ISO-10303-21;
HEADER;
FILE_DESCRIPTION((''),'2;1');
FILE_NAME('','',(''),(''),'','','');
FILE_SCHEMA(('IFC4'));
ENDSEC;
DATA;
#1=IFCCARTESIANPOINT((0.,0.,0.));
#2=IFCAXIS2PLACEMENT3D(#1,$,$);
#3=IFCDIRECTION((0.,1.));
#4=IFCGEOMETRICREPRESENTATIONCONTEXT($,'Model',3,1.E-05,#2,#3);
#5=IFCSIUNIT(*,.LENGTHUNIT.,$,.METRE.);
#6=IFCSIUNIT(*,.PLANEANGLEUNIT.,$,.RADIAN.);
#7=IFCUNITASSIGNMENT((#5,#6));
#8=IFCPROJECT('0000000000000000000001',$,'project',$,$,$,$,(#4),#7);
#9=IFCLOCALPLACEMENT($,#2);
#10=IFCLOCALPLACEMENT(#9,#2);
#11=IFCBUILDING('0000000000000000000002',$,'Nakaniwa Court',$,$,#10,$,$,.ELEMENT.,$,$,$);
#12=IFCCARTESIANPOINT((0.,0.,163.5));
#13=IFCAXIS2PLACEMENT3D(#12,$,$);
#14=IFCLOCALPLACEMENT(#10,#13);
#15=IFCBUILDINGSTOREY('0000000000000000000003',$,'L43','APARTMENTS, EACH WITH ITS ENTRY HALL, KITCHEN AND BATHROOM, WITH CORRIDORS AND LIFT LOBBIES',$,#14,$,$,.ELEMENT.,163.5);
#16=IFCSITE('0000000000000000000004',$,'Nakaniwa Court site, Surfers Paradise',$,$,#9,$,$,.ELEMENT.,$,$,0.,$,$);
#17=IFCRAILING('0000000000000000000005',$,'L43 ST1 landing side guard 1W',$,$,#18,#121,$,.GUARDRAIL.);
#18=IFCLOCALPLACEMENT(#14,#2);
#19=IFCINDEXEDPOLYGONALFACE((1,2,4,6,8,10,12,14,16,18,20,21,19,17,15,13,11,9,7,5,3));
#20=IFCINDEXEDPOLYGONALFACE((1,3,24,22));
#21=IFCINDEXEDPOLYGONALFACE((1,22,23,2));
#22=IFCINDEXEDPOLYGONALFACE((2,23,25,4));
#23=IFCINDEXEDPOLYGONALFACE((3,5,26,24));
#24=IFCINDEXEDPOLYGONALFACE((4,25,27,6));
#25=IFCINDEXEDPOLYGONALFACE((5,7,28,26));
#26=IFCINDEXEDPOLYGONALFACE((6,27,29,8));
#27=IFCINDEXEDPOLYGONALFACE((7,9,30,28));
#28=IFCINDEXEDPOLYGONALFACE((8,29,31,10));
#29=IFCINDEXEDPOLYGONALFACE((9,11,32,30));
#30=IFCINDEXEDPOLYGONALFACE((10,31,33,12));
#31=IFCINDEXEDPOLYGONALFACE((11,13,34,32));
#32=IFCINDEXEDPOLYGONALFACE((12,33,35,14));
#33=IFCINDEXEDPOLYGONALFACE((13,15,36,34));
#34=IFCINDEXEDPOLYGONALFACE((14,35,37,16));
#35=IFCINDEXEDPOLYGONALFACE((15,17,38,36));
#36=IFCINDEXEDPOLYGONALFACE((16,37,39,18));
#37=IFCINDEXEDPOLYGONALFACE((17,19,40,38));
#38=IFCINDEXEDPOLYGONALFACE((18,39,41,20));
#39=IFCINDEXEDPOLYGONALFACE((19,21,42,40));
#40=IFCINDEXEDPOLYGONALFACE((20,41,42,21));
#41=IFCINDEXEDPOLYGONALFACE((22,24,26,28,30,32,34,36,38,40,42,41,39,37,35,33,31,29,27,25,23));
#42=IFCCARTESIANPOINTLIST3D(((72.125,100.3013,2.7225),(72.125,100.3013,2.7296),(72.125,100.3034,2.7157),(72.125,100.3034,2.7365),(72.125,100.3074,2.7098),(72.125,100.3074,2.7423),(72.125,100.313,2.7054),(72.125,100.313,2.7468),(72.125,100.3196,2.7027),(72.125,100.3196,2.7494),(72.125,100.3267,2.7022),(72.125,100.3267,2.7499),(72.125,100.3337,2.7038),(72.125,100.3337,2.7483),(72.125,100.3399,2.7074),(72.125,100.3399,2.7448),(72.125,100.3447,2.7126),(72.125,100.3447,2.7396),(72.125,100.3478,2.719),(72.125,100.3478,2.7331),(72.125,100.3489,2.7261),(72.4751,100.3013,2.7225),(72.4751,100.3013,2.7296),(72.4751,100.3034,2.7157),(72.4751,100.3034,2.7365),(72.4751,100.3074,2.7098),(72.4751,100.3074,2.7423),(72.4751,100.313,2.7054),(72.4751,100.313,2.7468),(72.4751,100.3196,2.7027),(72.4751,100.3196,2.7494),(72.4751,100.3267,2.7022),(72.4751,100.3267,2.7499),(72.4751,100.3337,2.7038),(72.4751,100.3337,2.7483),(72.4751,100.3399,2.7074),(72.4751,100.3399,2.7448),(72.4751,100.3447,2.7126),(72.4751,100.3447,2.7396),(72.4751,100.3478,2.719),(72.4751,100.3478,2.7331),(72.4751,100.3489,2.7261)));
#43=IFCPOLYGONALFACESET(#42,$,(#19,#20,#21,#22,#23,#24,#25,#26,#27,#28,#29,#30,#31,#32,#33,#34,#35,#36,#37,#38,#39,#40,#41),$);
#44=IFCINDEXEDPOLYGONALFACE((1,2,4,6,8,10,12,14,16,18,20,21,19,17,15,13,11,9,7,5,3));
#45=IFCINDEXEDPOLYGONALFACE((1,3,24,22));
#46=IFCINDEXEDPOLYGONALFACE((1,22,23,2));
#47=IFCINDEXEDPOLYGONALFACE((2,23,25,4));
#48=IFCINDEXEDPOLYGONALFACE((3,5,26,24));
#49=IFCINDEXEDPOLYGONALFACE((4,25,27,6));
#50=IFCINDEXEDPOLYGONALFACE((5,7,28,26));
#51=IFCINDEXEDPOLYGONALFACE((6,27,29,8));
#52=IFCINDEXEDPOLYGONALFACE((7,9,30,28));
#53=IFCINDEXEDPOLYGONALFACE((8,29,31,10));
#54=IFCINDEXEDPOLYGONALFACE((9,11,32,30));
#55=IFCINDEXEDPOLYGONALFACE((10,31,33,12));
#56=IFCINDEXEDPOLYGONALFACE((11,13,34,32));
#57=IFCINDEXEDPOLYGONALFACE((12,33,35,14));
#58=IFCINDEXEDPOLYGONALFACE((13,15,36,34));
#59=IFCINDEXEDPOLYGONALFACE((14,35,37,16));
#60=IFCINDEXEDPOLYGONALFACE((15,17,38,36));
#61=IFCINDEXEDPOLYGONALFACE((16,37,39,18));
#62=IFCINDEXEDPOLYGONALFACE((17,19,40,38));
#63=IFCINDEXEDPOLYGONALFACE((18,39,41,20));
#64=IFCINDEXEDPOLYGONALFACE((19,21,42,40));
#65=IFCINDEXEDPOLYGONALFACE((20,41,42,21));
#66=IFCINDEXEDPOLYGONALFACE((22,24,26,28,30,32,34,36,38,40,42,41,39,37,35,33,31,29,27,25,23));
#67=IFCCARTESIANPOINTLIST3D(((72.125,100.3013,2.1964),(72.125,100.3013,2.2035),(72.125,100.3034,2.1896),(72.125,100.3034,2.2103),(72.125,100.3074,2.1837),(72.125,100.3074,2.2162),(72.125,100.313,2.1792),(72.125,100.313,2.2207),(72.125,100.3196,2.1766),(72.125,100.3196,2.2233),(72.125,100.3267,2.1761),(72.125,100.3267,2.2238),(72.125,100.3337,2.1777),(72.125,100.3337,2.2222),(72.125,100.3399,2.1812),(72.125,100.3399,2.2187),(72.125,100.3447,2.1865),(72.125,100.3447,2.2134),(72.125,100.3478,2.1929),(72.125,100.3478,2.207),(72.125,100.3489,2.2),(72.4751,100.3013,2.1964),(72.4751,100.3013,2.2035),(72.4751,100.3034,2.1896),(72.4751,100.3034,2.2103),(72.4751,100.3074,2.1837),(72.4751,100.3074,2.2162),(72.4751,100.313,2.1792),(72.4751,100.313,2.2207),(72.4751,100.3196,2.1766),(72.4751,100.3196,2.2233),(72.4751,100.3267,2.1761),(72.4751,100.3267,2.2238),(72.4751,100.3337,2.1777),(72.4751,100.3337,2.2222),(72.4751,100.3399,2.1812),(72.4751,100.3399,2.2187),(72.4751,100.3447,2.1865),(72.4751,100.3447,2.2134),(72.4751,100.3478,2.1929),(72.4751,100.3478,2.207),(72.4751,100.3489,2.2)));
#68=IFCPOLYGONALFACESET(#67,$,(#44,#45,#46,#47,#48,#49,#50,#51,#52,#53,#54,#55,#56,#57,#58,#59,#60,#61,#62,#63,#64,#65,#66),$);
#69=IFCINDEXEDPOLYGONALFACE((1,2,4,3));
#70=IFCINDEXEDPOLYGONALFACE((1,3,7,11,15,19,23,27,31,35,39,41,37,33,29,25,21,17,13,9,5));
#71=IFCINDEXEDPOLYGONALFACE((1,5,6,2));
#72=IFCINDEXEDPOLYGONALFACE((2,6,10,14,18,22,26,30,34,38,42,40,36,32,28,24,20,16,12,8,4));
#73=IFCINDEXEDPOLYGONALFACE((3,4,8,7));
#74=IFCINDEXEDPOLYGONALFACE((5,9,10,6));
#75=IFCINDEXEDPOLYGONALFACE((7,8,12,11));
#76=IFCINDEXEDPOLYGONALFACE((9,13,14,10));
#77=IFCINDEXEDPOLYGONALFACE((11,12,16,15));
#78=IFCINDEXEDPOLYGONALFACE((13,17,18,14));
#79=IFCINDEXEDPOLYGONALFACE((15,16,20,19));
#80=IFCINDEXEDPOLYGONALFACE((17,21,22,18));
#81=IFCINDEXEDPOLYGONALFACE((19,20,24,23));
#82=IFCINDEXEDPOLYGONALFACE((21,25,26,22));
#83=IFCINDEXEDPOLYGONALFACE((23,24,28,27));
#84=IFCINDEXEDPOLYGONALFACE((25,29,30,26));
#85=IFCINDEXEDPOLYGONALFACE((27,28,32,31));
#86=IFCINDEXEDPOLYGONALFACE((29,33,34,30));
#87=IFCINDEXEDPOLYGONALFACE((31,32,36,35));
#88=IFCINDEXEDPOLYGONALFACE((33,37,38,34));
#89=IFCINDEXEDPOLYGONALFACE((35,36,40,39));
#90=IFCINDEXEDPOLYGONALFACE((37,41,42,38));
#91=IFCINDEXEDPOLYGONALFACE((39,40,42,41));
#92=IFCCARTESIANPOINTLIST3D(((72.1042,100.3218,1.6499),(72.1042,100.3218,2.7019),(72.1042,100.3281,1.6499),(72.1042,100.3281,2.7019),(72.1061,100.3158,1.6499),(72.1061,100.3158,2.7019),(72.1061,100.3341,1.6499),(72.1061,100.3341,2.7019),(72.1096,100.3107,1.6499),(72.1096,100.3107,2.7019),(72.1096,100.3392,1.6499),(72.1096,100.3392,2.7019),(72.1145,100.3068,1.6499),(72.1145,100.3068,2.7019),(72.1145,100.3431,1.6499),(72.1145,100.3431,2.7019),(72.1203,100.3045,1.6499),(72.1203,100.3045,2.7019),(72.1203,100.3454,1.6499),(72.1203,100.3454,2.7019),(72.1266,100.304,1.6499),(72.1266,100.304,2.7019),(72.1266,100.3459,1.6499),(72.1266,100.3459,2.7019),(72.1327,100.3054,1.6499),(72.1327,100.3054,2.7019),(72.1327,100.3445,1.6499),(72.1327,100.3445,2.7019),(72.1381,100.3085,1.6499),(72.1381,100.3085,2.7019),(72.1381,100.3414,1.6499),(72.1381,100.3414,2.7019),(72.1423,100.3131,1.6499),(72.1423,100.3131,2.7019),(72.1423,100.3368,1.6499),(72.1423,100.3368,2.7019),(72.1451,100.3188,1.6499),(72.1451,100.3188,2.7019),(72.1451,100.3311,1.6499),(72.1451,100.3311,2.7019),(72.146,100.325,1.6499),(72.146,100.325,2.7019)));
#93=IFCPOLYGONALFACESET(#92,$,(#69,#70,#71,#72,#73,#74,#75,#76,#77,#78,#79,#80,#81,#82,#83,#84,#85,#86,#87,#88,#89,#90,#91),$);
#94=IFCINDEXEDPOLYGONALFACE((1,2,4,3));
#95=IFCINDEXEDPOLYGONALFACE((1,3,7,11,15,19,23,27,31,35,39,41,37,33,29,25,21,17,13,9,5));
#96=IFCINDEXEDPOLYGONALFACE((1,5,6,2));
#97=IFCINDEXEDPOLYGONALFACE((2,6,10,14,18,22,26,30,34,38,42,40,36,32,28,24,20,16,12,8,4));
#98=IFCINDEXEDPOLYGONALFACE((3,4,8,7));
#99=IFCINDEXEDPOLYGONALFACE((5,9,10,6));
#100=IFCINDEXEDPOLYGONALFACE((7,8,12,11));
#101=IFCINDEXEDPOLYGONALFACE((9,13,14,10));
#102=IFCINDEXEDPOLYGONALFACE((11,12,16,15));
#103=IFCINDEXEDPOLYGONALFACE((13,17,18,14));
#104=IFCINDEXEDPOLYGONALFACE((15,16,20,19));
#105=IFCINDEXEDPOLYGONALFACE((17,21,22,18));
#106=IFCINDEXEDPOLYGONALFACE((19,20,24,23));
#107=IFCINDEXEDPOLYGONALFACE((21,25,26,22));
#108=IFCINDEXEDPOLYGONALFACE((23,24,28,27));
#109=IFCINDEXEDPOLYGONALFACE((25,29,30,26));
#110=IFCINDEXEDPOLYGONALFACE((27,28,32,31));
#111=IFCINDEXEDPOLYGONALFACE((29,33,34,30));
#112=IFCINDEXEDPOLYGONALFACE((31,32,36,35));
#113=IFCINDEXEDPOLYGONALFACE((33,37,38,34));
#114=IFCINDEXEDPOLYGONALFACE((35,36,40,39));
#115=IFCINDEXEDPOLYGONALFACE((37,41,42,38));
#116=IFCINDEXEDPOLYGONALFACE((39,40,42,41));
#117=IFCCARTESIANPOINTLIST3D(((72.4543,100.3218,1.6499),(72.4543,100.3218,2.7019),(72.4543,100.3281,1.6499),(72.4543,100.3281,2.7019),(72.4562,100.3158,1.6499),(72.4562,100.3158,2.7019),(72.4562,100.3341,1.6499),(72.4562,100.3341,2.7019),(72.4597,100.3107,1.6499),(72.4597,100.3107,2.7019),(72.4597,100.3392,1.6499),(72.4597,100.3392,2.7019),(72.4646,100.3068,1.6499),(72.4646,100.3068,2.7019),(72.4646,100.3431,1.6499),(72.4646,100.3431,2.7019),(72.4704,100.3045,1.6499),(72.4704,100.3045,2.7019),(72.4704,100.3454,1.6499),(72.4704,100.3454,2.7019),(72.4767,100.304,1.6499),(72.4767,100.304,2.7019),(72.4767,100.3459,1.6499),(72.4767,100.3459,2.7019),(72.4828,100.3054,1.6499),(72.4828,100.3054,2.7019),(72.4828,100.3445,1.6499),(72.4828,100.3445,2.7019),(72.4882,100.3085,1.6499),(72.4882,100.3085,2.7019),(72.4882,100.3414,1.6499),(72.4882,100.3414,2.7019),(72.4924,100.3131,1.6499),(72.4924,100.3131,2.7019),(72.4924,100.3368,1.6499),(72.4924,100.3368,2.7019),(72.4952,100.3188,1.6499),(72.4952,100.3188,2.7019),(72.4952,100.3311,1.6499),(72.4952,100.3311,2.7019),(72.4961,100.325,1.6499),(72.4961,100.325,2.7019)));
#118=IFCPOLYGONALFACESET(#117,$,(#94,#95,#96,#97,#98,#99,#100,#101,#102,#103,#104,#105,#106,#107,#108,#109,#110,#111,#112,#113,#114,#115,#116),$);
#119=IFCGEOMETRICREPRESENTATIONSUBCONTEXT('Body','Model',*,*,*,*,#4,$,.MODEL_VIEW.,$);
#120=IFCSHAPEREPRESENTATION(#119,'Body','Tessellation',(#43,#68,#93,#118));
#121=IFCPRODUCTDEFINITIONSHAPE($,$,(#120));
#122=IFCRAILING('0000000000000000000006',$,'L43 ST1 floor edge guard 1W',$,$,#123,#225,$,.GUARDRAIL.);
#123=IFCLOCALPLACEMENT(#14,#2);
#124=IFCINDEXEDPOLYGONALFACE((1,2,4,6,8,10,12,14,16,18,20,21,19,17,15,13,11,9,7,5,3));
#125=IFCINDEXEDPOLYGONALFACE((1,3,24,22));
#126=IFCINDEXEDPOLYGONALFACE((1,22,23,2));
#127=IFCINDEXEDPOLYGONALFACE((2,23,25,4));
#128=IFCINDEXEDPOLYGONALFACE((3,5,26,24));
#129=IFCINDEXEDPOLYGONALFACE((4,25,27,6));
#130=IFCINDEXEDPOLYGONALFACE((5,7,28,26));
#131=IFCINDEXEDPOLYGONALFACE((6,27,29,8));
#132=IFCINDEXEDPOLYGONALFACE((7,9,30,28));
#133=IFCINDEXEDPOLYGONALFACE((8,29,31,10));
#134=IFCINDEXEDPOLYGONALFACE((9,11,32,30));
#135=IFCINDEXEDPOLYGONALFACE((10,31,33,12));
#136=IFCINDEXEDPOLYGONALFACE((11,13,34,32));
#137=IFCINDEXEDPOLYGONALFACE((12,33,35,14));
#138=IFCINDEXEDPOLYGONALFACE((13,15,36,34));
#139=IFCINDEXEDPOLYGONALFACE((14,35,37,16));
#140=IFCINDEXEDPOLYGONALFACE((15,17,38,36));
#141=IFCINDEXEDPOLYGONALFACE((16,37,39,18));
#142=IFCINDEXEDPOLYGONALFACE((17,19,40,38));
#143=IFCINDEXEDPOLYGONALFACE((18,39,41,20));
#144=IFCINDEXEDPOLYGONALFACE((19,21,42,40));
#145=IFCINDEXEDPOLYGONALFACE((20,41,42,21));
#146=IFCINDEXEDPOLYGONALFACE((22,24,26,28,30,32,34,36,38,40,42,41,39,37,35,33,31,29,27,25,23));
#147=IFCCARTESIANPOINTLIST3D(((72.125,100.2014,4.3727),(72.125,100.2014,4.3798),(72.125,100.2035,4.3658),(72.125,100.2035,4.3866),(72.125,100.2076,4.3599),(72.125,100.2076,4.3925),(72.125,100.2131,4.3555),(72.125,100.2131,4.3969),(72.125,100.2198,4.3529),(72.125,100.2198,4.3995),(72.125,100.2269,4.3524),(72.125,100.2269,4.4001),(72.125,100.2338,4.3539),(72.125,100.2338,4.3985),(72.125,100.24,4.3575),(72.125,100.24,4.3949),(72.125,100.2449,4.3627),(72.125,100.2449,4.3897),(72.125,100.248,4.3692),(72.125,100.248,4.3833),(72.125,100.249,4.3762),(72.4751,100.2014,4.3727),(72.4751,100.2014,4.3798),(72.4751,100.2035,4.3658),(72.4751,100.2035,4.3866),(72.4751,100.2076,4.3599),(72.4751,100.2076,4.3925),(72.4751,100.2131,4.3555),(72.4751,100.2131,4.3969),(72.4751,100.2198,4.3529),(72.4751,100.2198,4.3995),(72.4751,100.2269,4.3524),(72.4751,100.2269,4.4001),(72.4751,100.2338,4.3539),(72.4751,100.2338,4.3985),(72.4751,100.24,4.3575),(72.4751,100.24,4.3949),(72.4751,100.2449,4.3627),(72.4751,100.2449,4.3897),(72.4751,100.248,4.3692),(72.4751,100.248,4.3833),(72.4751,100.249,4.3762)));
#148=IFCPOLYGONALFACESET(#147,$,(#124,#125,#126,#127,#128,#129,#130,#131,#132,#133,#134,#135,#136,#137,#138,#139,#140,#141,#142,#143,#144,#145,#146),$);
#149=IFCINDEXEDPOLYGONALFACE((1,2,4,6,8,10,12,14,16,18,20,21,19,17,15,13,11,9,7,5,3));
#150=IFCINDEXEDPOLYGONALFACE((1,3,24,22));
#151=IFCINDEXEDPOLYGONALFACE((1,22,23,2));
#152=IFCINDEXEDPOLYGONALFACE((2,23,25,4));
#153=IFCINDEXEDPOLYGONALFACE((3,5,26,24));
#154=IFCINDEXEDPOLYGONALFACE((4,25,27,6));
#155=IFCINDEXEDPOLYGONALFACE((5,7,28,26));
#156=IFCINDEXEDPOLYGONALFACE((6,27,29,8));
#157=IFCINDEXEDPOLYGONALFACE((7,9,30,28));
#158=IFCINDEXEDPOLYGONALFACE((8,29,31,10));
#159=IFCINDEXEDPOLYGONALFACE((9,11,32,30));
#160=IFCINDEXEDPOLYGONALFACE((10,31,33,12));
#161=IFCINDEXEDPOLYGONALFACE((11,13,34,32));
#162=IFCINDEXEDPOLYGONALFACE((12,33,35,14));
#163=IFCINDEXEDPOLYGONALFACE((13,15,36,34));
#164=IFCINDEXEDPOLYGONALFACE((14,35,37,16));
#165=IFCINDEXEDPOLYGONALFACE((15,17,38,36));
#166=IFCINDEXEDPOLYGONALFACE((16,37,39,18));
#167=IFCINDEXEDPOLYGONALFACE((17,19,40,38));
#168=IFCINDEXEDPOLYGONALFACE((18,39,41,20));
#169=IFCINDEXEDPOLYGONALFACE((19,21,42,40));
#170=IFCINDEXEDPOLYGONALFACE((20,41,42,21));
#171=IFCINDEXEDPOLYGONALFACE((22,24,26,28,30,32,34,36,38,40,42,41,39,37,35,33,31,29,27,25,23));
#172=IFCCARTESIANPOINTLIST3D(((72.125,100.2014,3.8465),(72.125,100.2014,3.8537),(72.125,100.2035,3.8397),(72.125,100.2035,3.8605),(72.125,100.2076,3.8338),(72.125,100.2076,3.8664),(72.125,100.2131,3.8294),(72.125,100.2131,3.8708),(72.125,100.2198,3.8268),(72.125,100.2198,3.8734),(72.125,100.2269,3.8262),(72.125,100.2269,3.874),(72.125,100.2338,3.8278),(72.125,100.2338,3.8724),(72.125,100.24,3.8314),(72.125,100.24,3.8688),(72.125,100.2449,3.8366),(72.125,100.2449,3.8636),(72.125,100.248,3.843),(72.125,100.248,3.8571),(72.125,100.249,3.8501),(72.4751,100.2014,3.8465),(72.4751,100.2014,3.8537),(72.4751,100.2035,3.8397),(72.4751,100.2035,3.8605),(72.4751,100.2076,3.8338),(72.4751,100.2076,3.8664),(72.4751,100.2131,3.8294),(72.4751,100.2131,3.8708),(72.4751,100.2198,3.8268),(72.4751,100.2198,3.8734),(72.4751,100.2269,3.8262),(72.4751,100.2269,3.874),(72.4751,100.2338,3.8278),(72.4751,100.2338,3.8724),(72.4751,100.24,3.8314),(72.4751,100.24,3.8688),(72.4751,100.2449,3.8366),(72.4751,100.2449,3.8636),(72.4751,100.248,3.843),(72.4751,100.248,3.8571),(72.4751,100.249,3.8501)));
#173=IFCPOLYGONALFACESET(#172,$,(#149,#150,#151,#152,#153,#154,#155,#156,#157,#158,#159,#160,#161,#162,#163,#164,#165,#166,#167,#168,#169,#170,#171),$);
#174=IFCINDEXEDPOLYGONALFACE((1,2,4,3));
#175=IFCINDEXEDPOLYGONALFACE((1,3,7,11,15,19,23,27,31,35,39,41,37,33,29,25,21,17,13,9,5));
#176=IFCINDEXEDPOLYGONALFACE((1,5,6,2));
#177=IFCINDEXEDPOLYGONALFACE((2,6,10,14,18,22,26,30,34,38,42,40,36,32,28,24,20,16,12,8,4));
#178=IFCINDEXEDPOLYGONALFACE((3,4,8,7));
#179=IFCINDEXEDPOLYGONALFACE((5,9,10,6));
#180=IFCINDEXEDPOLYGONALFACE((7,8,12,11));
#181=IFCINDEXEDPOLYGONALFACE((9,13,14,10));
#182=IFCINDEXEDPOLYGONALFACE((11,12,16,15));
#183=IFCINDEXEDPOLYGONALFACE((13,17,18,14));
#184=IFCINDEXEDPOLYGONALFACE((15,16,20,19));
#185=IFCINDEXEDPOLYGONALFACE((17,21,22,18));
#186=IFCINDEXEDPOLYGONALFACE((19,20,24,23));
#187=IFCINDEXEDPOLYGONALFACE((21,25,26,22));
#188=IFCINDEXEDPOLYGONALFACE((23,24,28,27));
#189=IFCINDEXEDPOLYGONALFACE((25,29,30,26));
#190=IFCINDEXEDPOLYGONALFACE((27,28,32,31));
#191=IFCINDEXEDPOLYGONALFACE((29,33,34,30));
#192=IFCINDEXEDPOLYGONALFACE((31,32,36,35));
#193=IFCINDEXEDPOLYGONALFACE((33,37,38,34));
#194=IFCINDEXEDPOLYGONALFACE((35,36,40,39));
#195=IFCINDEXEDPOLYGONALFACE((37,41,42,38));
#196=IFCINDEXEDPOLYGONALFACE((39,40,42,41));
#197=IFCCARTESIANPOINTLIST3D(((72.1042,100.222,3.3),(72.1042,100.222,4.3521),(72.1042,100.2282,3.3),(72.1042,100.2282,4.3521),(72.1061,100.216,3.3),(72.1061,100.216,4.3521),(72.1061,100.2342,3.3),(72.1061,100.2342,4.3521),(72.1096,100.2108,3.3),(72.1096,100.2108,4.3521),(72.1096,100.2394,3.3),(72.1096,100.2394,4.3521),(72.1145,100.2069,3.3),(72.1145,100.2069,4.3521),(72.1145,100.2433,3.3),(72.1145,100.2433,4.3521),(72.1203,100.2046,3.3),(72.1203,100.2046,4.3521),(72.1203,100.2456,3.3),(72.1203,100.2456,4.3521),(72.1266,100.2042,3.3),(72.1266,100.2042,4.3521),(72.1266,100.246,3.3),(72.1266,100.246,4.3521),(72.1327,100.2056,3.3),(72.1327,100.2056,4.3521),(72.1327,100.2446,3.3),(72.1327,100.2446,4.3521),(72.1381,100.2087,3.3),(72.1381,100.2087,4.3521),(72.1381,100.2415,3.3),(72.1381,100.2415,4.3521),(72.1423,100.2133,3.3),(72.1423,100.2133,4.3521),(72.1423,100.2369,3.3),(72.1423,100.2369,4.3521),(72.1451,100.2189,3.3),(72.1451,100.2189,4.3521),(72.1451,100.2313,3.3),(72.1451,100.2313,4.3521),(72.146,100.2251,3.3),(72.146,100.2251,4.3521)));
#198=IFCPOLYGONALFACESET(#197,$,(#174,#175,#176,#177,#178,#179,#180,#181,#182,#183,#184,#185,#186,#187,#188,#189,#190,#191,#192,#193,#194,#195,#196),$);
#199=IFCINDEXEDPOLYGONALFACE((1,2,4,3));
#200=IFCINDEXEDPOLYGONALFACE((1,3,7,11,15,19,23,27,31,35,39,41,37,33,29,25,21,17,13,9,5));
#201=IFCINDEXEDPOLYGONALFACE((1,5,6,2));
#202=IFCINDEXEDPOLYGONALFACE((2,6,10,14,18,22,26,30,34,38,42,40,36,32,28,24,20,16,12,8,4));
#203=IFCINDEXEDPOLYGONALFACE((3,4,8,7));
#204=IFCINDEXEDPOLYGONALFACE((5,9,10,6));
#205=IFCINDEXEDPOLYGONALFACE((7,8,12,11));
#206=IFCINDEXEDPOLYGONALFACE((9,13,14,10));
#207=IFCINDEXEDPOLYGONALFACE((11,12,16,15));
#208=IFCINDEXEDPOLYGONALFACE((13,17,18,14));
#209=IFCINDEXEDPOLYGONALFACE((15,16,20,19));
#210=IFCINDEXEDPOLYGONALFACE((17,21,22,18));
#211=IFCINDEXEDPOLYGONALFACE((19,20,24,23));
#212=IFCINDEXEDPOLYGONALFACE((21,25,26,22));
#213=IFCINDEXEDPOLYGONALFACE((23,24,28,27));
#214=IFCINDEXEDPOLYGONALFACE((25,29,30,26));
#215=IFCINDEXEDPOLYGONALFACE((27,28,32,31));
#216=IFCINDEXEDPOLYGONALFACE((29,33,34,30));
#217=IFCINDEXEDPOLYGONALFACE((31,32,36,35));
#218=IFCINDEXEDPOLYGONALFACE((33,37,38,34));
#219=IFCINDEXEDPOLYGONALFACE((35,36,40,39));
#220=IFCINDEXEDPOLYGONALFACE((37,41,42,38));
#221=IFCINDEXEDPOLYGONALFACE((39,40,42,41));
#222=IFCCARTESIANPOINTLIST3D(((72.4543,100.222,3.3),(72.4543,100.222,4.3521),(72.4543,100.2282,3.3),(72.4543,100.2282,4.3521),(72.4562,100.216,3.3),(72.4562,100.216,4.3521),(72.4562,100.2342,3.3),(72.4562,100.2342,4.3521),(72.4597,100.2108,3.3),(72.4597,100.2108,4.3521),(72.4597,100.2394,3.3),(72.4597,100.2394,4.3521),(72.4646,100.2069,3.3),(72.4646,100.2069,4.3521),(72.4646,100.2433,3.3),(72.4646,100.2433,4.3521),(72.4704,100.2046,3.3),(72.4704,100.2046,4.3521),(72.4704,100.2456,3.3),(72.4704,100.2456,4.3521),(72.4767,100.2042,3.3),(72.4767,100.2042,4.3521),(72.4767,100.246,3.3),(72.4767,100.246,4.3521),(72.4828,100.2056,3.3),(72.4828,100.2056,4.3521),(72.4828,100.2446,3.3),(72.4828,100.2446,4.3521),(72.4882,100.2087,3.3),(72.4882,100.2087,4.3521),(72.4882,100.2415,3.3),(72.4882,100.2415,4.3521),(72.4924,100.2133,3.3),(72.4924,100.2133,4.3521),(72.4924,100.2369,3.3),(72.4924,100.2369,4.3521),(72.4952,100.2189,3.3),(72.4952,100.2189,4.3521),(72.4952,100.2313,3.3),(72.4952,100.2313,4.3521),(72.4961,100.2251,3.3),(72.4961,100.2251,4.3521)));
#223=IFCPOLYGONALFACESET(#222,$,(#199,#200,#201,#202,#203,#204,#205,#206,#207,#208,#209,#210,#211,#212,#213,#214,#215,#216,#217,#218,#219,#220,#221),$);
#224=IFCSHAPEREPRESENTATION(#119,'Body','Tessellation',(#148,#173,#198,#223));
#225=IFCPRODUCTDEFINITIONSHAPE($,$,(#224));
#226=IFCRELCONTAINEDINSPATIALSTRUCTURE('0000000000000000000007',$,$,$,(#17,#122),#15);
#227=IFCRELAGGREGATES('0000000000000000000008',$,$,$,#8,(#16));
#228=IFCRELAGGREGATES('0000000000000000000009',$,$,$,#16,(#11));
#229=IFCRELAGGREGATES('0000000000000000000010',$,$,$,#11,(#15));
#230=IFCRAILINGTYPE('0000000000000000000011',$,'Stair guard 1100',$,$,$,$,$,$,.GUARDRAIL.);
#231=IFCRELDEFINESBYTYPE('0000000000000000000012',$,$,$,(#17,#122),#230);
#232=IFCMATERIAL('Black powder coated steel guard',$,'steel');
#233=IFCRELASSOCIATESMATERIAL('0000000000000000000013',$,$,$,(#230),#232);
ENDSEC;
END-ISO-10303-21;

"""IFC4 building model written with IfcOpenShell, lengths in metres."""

from ifc_helpers import new_model, si_unit, direction, frame, origin, origin_2d, place, context, subcontext, project, spatial, circle, extrude, material, type_object, element, save


model = new_model("IFC4")

# Units and contexts
model_context = context("Model", 3, precision=1e-05, world=origin(), true_north=direction((0.0, 1.0)))
body_context = subcontext(model_context, "Body", "Model", "MODEL_VIEW")
ifc_project = project(units=[si_unit("LENGTHUNIT", "METRE"), si_unit("PLANEANGLEUNIT", "RADIAN")], contexts=[model_context])

# Site, building, storey
site_placement = place(None, origin())
site = spatial("IfcSite", under=ifc_project, at=site_placement, Name="Nakaniwa Court site, Surfers Paradise", CompositionType="ELEMENT", RefElevation=0.0)
building_placement = place(site_placement, origin())
building = spatial("IfcBuilding", under=site, at=building_placement, Name="Nakaniwa Court", CompositionType="ELEMENT")
storey_placement = place(building_placement, frame((0.0, 0.0, 163.5)))
storey = spatial("IfcBuildingStorey", under=building, at=storey_placement, Name="L43", Description="APARTMENTS, EACH WITH ITS ENTRY HALL, KITCHEN AND BATHROOM, WITH CORRIDORS AND LIFT LOBBIES", CompositionType="ELEMENT", Elevation=163.5)

# Railings
ifc_material_1 = material(Name="Black powder coated steel guard", Category="steel")
railing_type_1 = type_object("IfcRailingType", Name="Stair guard 1100", PredefinedType="GUARDRAIL", material=ifc_material_1)
for number, where, name in (
    (1, (72.125, 100.325, 1.6499), "L43 ST1 landing side guard 1W"),
    (2, (72.125, 100.2251, 3.3), "L43 ST1 floor edge guard 1W"),
):
    element("IfcRailing", number, at=place(storey_placement, frame(where)), inside=storey, type_object=railing_type_1, Name=name, PredefinedType="GUARDRAIL", context=body_context, shape_type="SweptSolid", body=[
        extrude(circle(Radius=0.0239, at=origin_2d()), frame((0.0, 0.0, 1.0762), z_axis=(1.0, 0.0, 0.0), x_axis=(0.0, 1.0, 0.0)), (0.0, 0.0, 1.0), 0.3501),
        extrude(circle(Radius=0.0239, at=origin_2d()), frame((0.0, 0.0, 0.55), z_axis=(1.0, 0.0, 0.0), x_axis=(0.0, 1.0, 0.0)), (0.0, 0.0, 1.0), 0.3501),
        extrude(circle(Radius=0.021, at=origin_2d()), origin(), (0.0, 0.0, 1.0), 1.052),
        extrude(circle(Radius=0.021, at=origin_2d()), frame((0.3501, 0.0, 0.0)), (0.0, 0.0, 1.0), 1.052),
    ])

save(model, "model.ifc")
